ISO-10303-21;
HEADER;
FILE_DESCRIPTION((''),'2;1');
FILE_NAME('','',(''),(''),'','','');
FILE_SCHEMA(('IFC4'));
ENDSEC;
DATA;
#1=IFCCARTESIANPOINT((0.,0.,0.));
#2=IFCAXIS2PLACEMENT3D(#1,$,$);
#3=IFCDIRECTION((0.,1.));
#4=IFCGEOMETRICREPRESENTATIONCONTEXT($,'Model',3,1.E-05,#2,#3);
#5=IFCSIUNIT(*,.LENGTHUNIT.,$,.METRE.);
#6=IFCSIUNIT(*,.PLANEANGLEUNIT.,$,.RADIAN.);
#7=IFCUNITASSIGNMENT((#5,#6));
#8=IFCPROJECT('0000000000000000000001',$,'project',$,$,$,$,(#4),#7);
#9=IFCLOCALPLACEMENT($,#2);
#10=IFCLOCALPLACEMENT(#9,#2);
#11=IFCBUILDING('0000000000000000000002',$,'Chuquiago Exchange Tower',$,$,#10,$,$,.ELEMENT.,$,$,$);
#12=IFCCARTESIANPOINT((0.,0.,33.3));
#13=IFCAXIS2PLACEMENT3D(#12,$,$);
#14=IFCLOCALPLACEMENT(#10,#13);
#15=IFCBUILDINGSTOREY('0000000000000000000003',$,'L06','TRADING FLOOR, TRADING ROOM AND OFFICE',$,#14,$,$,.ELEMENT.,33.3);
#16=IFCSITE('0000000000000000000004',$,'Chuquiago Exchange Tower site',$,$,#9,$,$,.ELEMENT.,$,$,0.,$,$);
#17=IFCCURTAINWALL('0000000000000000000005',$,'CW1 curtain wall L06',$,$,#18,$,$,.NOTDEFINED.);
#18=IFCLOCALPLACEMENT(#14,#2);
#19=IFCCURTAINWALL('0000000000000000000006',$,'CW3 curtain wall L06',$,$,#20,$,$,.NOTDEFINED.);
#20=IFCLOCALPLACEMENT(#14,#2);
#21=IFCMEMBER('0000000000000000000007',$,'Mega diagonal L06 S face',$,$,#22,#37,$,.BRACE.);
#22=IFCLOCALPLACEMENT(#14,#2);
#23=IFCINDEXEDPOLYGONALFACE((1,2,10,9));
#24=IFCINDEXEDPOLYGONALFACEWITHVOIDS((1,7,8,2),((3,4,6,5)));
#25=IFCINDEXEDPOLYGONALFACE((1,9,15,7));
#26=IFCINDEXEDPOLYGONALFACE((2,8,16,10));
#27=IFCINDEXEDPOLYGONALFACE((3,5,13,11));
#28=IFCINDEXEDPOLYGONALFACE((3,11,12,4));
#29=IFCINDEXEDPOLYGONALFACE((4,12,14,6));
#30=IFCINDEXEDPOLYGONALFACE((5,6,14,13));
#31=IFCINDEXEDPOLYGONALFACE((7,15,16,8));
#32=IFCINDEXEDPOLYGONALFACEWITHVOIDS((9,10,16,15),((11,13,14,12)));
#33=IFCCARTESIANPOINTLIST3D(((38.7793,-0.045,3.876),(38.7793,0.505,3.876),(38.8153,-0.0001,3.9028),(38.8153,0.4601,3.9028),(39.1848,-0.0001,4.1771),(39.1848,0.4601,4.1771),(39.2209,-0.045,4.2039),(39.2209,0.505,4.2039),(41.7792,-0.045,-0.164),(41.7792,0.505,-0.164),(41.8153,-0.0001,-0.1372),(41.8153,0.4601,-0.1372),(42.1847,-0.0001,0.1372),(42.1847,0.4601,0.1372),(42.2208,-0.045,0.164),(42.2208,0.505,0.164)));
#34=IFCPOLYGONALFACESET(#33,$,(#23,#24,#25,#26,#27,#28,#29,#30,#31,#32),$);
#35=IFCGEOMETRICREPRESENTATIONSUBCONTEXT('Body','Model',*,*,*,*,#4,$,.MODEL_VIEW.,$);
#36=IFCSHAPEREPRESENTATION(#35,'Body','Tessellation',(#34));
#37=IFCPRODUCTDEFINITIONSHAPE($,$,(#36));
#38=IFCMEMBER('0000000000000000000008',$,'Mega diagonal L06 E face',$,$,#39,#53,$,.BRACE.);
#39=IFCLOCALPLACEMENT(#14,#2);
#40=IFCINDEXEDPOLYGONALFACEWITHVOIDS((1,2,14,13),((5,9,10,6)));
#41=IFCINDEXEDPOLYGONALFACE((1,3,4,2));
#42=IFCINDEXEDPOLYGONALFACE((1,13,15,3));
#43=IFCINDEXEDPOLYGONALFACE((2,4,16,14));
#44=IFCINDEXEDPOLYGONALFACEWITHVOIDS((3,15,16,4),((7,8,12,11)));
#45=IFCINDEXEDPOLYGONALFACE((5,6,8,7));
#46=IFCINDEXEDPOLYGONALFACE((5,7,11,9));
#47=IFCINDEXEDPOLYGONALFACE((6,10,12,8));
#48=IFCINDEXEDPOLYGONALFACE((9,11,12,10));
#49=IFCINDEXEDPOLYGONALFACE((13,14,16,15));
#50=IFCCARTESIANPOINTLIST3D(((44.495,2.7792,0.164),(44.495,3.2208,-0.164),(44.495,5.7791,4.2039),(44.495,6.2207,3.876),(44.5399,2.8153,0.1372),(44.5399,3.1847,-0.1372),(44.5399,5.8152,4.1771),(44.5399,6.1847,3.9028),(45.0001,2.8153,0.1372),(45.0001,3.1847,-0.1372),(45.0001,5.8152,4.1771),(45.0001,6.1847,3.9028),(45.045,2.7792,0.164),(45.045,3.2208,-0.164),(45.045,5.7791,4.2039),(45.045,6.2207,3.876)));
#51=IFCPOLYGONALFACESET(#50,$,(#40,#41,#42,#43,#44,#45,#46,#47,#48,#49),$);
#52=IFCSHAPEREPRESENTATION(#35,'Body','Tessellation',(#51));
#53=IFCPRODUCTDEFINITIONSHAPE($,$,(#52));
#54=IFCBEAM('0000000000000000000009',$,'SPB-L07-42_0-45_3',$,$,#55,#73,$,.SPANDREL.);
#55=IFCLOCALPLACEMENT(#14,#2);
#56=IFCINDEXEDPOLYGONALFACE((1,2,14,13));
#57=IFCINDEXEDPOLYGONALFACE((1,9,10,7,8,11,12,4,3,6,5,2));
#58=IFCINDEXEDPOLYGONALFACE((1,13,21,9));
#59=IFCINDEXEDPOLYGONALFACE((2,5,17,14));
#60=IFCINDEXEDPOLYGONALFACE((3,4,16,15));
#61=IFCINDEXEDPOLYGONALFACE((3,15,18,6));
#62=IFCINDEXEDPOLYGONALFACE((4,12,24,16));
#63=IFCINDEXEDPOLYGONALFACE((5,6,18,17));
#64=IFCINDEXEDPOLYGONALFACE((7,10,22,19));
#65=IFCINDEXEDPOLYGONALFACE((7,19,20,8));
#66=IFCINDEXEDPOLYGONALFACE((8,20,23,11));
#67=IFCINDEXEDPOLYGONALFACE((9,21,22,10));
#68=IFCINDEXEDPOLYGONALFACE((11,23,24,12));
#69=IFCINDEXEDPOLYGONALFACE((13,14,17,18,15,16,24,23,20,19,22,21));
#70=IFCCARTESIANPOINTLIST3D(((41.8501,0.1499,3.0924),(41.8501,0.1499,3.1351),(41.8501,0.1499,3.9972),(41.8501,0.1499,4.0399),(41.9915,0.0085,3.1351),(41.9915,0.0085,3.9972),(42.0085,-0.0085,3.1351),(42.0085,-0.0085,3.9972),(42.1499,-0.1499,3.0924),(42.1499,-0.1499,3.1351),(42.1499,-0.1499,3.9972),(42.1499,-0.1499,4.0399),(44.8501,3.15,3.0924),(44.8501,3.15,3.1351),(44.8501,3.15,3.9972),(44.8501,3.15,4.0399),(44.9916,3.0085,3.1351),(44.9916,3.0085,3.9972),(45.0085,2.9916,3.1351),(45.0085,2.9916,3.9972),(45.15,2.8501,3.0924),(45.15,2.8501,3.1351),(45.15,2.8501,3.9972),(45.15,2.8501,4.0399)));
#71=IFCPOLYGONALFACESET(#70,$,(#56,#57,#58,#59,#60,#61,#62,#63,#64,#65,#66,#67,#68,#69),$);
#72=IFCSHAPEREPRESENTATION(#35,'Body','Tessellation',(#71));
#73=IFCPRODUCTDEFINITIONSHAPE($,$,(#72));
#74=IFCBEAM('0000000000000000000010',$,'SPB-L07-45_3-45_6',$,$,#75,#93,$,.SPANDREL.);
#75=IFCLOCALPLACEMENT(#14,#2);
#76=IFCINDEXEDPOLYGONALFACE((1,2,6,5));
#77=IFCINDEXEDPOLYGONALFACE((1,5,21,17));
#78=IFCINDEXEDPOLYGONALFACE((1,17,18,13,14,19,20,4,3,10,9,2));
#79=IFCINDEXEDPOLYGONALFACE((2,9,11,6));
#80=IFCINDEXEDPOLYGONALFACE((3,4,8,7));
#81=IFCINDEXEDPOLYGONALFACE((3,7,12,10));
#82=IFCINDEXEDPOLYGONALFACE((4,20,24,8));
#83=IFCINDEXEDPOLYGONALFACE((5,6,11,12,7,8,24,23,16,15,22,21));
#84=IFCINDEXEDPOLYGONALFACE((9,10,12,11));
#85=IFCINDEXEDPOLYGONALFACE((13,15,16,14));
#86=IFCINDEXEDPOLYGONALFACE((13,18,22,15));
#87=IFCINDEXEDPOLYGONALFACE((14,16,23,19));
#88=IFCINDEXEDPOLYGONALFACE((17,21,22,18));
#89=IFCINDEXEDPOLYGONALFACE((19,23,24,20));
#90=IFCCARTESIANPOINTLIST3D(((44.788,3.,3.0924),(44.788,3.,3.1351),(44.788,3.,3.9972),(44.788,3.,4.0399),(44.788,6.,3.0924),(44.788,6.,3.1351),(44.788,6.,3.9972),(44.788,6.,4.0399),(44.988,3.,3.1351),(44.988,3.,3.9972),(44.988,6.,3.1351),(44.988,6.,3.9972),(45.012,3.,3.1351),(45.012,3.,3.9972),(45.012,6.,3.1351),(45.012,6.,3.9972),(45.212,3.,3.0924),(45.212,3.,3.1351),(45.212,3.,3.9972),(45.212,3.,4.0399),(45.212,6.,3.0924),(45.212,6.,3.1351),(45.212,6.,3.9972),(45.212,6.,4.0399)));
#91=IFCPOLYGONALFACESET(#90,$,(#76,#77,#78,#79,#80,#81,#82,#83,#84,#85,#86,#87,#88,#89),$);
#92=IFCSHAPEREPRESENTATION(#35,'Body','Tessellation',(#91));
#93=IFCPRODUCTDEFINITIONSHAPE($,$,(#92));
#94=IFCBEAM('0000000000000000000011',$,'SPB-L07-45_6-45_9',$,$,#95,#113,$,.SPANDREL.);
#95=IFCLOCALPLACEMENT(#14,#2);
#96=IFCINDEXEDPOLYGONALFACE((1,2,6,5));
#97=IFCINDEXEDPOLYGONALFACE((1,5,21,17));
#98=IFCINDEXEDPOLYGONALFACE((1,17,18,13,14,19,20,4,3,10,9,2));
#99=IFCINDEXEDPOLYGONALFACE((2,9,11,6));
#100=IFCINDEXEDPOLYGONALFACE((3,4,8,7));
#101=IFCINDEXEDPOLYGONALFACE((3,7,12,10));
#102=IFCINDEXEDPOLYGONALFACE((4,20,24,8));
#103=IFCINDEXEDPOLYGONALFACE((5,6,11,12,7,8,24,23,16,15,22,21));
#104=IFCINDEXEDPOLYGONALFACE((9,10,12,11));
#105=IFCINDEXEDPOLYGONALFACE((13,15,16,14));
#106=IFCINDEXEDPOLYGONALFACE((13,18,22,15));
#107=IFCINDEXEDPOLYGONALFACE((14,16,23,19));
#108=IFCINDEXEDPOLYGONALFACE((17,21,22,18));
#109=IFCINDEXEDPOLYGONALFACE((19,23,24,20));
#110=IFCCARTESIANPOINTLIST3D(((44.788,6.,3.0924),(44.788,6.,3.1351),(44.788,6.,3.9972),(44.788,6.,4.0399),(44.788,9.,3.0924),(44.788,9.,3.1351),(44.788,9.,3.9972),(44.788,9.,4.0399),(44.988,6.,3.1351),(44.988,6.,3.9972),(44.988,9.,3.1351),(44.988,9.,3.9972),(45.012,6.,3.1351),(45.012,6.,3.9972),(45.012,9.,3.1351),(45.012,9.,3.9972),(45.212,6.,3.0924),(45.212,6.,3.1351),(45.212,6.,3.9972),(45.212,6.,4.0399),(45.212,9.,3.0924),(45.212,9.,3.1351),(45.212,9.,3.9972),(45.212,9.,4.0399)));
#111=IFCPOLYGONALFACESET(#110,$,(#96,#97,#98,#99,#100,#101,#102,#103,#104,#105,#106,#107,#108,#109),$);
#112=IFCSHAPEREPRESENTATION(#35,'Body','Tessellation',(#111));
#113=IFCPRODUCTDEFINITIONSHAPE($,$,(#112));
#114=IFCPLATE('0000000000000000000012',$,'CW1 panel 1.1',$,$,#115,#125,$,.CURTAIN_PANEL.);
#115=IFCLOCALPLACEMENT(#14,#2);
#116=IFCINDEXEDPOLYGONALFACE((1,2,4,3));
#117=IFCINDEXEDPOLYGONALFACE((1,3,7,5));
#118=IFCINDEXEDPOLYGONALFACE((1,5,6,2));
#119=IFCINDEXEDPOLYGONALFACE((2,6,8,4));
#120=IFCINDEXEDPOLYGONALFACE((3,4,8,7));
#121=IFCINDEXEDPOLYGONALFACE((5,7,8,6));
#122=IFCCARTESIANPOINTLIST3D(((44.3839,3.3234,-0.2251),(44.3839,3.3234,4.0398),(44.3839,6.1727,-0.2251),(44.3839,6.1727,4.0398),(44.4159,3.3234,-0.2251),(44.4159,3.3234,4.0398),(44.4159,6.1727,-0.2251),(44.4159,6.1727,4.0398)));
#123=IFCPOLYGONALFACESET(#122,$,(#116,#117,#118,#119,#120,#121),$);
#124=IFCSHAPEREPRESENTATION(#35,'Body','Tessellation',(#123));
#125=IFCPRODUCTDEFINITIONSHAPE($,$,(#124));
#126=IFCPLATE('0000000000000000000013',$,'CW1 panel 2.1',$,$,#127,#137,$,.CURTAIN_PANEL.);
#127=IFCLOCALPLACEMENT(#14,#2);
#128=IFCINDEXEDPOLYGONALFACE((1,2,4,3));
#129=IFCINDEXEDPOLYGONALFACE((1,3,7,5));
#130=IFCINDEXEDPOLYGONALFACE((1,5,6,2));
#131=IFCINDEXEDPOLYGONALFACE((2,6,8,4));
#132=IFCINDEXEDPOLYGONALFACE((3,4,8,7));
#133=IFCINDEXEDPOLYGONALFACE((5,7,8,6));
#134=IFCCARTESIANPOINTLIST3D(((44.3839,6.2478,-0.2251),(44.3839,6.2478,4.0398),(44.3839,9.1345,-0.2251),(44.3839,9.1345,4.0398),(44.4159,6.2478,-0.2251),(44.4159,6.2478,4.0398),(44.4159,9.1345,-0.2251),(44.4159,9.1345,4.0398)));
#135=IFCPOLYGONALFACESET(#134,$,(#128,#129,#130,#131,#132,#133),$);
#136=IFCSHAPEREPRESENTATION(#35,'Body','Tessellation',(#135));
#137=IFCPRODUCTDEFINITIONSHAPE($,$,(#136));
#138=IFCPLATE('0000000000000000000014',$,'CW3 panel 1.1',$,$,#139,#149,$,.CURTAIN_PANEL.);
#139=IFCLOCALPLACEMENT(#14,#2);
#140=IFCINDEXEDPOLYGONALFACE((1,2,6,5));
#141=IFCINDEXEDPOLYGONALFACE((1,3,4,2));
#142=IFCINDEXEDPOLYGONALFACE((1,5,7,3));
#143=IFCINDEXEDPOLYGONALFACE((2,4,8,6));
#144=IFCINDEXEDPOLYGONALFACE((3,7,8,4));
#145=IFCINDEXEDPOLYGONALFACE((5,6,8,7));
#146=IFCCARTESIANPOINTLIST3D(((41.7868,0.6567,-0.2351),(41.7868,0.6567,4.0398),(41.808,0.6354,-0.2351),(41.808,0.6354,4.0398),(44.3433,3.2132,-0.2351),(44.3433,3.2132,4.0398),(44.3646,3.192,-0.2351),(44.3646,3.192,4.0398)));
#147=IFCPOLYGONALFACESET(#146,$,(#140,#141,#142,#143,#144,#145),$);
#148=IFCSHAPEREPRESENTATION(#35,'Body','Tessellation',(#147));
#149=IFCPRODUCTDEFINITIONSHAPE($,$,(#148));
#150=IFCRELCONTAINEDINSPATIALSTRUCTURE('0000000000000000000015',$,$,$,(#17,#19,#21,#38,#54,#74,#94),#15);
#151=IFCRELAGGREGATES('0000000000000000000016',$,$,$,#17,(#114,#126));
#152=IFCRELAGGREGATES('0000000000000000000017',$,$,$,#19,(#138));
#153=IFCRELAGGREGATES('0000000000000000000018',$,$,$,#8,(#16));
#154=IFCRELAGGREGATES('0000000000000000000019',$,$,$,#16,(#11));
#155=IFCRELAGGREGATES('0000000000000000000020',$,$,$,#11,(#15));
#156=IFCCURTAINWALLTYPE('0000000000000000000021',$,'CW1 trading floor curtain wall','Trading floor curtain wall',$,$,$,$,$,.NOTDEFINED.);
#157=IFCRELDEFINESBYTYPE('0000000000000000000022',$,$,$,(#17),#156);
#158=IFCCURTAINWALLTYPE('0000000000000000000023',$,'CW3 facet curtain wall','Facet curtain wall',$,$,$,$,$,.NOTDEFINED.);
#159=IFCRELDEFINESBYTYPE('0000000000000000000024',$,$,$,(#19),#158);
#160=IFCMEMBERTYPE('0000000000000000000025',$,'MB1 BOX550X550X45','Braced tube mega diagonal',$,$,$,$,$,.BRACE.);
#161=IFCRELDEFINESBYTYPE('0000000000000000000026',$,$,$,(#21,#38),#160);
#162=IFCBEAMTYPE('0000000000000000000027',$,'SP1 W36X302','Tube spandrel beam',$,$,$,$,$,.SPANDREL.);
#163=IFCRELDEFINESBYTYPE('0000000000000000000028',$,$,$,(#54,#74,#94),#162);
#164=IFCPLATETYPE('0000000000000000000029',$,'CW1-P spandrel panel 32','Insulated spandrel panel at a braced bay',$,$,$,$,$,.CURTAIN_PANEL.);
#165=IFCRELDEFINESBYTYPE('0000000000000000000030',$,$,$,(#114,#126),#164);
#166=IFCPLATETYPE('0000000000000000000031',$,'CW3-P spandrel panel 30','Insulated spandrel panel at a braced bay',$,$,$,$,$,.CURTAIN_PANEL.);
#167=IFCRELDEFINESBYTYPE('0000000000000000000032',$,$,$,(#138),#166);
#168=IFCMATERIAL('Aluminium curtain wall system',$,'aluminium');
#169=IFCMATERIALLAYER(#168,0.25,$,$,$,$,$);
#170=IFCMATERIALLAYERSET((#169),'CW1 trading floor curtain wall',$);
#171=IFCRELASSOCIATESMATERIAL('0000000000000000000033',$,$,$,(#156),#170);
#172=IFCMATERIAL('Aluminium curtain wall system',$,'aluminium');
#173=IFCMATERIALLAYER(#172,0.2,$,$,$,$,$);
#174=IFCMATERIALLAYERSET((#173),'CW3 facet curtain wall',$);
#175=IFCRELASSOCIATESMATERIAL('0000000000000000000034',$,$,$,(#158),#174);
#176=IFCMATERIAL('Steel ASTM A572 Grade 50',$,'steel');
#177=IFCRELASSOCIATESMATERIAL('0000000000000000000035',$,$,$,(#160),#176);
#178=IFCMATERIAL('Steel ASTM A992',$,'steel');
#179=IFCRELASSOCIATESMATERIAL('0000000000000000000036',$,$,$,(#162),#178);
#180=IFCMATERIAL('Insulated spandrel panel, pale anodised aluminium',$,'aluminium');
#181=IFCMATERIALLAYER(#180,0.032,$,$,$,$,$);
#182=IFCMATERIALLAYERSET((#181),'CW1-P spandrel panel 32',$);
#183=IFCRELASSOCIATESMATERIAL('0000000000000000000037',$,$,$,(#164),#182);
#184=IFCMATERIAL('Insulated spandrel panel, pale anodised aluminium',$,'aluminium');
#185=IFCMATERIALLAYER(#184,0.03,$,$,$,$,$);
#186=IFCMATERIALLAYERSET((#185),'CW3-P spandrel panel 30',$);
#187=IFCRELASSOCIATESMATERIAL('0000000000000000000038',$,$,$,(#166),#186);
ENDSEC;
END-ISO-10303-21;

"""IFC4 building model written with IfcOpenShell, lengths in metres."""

from ifc_helpers import new_model, si_unit, direction, frame, origin, origin_2d, place, context, subcontext, project, spatial, rectangle, hollow_rectangle, i_section, extrude, material, layer, layer_set, material_profile, profile_set, type_object, element, aggregate, save


model = new_model("IFC4")

# Units and contexts
model_context = context("Model", 3, precision=1e-05, world=origin(), true_north=direction((0.0, 1.0)))
body_context = subcontext(model_context, "Body", "Model", "MODEL_VIEW")
ifc_project = project(units=[si_unit("LENGTHUNIT", "METRE"), si_unit("PLANEANGLEUNIT", "RADIAN")], contexts=[model_context])

# Site, building, storey
site_placement = place(None, origin())
site = spatial("IfcSite", under=ifc_project, at=site_placement, Name="Chuquiago Exchange Tower site", CompositionType="ELEMENT", RefElevation=0.0)
building_placement = place(site_placement, origin())
building = spatial("IfcBuilding", under=site, at=building_placement, Name="Chuquiago Exchange Tower", CompositionType="ELEMENT")
storey_placement = place(building_placement, frame((0.0, 0.0, 33.3)))
storey = spatial("IfcBuildingStorey", under=building, at=storey_placement, Name="L06", Description="TRADING FLOOR, TRADING ROOM AND OFFICE", CompositionType="ELEMENT", Elevation=33.3)

# Curtain walls
ifc_material_1 = material(Name="Aluminium curtain wall system", Category="aluminium")
ifc_layer_1 = layer(ifc_material_1, 0.25)
ifc_layer_set_1 = layer_set([ifc_layer_1], Name="CW1 trading floor curtain wall")
curtain_wall_type_1 = type_object("IfcCurtainWallType", Name="CW1 trading floor curtain wall", Description="Trading floor curtain wall", PredefinedType="NOTDEFINED", material=ifc_layer_set_1)
curtain_wall_1_placement = place(storey_placement, origin())
curtain_wall_1 = element("IfcCurtainWall", 1, at=curtain_wall_1_placement, inside=storey, type_object=curtain_wall_type_1, Name="CW1 curtain wall L06", PredefinedType="NOTDEFINED")
ifc_material_2 = material(Name="Aluminium curtain wall system", Category="aluminium")
ifc_layer_2 = layer(ifc_material_2, 0.2)
ifc_layer_set_2 = layer_set([ifc_layer_2], Name="CW3 facet curtain wall")
curtain_wall_type_2 = type_object("IfcCurtainWallType", Name="CW3 facet curtain wall", Description="Facet curtain wall", PredefinedType="NOTDEFINED", material=ifc_layer_set_2)
curtain_wall_2_placement = place(storey_placement, origin())
curtain_wall_2 = element("IfcCurtainWall", 2, at=curtain_wall_2_placement, inside=storey, type_object=curtain_wall_type_2, Name="CW3 curtain wall L06", PredefinedType="NOTDEFINED")

# Members
ifc_material_3 = material(Name="Steel ASTM A572 Grade 50", Category="steel")
ifc_material_profile_1 = material_profile(ifc_material_3, hollow_rectangle(XDim=0.55, YDim=0.55, WallThickness=0.0449, at=origin_2d()), Name="BOX550X550X45")
ifc_profile_set_1 = profile_set([ifc_material_profile_1], Name="Steel ASTM A572 Grade 50")
member_type_1 = type_object("IfcMemberType", Name="MB1 BOX550X550X45", Description="Braced tube mega diagonal", PredefinedType="BRACE", material=ifc_profile_set_1)
for number, where, z_axis, x_axis, name in (
    (3, (42.0, 0.23, 0.0), (-0.596174, 0.0, 0.802855), (0.0, -1.0, 0.0), "Mega diagonal L06 S face"),
    (4, (44.77, 3.0, 0.0), (0.0, 0.596174, 0.802855), (-1.0, 0.0, 0.0), "Mega diagonal L06 E face"),
):
    element("IfcMember", number, at=place(storey_placement, frame(where, z_axis=z_axis, x_axis=x_axis)), inside=storey, type_object=member_type_1, Name=name, PredefinedType="BRACE", context=body_context, shape_type="SweptSolid", body=[
        extrude(hollow_rectangle(XDim=0.55, YDim=0.55, WallThickness=0.0449, at=origin_2d()), origin(), (0.0, 0.0, 1.0), 5.032),
    ])

# Beams
ifc_material_4 = material(Name="Steel ASTM A992", Category="steel")
ifc_material_profile_2 = material_profile(ifc_material_4, i_section(OverallWidth=0.4241, OverallDepth=0.9475, WebThickness=0.0239, FlangeThickness=0.0427, at=origin_2d()), Name="W36X302")
ifc_profile_set_2 = profile_set([ifc_material_profile_2], Name="Steel ASTM A992")
beam_type = type_object("IfcBeamType", Name="SP1 W36X302", Description="Tube spandrel beam", PredefinedType="SPANDREL", material=ifc_profile_set_2)
beam_placement = place(storey_placement, frame((42.0, 0.0, 3.5662), z_axis=(0.707107, 0.707107, 0.0), x_axis=(-0.707107, 0.707107, 0.0)))
element("IfcBeam", 5, at=beam_placement, inside=storey, type_object=beam_type, Name="SPB-L07-42_0-45_3", PredefinedType="SPANDREL", context=body_context, shape_type="SweptSolid", body=[
    extrude(i_section(OverallWidth=0.4241, OverallDepth=0.9475, WebThickness=0.0239, FlangeThickness=0.0427, at=origin_2d()), origin(), (0.0, 0.0, 1.0), 4.2427),
])
for number, where, z_axis, x_axis, name in (
    (6, (45.0, 3.0, 3.5662), (0.0, 1.0, 0.0), (-1.0, 0.0, 0.0), "SPB-L07-45_3-45_6"),
    (7, (45.0, 6.0, 3.5662), (0.0, 1.0, 0.0), (-1.0, 0.0, 0.0), "SPB-L07-45_6-45_9"),
):
    element("IfcBeam", number, at=place(storey_placement, frame(where, z_axis=z_axis, x_axis=x_axis)), inside=storey, type_object=beam_type, Name=name, PredefinedType="SPANDREL", context=body_context, shape_type="SweptSolid", body=[
        extrude(i_section(OverallWidth=0.4241, OverallDepth=0.9475, WebThickness=0.0239, FlangeThickness=0.0427, at=origin_2d()), origin(), (0.0, 0.0, 1.0), 3.0),
    ])

# Plates
ifc_material_5 = material(Name="Insulated spandrel panel, pale anodised aluminium", Category="aluminium")
ifc_layer_3 = layer(ifc_material_5, 0.032)
ifc_layer_set_3 = layer_set([ifc_layer_3], Name="CW1-P spandrel panel 32")
plate_type_1 = type_object("IfcPlateType", Name="CW1-P spandrel panel 32", Description="Insulated spandrel panel at a braced bay", PredefinedType="CURTAIN_PANEL", material=ifc_layer_set_3)
plate_1_placement = place(storey_placement, frame((44.3999, 4.748, -0.2251), z_axis=(0.0, 0.0, 1.0), x_axis=(0.0, 1.0, 0.0)))
plate_1 = element("IfcPlate", 8, at=plate_1_placement, type_object=plate_type_1, Name="CW1 panel 1.1", PredefinedType="CURTAIN_PANEL", context=body_context, shape_type="SweptSolid", body=[
    extrude(rectangle(XDim=2.8494, YDim=0.032, at=origin_2d()), origin(), (0.0, 0.0, 1.0), 4.2649),
])
plate_2_placement = place(storey_placement, frame((44.3999, 7.6912, -0.2251), z_axis=(0.0, 0.0, 1.0), x_axis=(0.0, 1.0, 0.0)))
plate_2 = element("IfcPlate", 9, at=plate_2_placement, type_object=plate_type_1, Name="CW1 panel 2.1", PredefinedType="CURTAIN_PANEL", context=body_context, shape_type="SweptSolid", body=[
    extrude(rectangle(XDim=2.8867, YDim=0.032, at=origin_2d()), origin(), (0.0, 0.0, 1.0), 4.2649),
])
aggregate(curtain_wall_1, [plate_1, plate_2])
ifc_material_6 = material(Name="Insulated spandrel panel, pale anodised aluminium", Category="aluminium")
ifc_layer_4 = layer(ifc_material_6, 0.03)
ifc_layer_set_4 = layer_set([ifc_layer_4], Name="CW3-P spandrel panel 30")
plate_type_2 = type_object("IfcPlateType", Name="CW3-P spandrel panel 30", Description="Insulated spandrel panel at a braced bay", PredefinedType="CURTAIN_PANEL", material=ifc_layer_set_4)
plate_3_placement = place(storey_placement, frame((43.0757, 1.9243, -0.2351), z_axis=(0.0, 0.0, 1.0), x_axis=(0.707107, 0.707107, 0.0)))
plate_3 = element("IfcPlate", 10, at=plate_3_placement, type_object=plate_type_2, Name="CW3 panel 1.1", PredefinedType="CURTAIN_PANEL", context=body_context, shape_type="SweptSolid", body=[
    extrude(rectangle(XDim=3.6155, YDim=0.03, at=origin_2d()), origin(), (0.0, 0.0, 1.0), 4.2749),
])
aggregate(curtain_wall_2, [plate_3])

save(model, "model.ifc")
